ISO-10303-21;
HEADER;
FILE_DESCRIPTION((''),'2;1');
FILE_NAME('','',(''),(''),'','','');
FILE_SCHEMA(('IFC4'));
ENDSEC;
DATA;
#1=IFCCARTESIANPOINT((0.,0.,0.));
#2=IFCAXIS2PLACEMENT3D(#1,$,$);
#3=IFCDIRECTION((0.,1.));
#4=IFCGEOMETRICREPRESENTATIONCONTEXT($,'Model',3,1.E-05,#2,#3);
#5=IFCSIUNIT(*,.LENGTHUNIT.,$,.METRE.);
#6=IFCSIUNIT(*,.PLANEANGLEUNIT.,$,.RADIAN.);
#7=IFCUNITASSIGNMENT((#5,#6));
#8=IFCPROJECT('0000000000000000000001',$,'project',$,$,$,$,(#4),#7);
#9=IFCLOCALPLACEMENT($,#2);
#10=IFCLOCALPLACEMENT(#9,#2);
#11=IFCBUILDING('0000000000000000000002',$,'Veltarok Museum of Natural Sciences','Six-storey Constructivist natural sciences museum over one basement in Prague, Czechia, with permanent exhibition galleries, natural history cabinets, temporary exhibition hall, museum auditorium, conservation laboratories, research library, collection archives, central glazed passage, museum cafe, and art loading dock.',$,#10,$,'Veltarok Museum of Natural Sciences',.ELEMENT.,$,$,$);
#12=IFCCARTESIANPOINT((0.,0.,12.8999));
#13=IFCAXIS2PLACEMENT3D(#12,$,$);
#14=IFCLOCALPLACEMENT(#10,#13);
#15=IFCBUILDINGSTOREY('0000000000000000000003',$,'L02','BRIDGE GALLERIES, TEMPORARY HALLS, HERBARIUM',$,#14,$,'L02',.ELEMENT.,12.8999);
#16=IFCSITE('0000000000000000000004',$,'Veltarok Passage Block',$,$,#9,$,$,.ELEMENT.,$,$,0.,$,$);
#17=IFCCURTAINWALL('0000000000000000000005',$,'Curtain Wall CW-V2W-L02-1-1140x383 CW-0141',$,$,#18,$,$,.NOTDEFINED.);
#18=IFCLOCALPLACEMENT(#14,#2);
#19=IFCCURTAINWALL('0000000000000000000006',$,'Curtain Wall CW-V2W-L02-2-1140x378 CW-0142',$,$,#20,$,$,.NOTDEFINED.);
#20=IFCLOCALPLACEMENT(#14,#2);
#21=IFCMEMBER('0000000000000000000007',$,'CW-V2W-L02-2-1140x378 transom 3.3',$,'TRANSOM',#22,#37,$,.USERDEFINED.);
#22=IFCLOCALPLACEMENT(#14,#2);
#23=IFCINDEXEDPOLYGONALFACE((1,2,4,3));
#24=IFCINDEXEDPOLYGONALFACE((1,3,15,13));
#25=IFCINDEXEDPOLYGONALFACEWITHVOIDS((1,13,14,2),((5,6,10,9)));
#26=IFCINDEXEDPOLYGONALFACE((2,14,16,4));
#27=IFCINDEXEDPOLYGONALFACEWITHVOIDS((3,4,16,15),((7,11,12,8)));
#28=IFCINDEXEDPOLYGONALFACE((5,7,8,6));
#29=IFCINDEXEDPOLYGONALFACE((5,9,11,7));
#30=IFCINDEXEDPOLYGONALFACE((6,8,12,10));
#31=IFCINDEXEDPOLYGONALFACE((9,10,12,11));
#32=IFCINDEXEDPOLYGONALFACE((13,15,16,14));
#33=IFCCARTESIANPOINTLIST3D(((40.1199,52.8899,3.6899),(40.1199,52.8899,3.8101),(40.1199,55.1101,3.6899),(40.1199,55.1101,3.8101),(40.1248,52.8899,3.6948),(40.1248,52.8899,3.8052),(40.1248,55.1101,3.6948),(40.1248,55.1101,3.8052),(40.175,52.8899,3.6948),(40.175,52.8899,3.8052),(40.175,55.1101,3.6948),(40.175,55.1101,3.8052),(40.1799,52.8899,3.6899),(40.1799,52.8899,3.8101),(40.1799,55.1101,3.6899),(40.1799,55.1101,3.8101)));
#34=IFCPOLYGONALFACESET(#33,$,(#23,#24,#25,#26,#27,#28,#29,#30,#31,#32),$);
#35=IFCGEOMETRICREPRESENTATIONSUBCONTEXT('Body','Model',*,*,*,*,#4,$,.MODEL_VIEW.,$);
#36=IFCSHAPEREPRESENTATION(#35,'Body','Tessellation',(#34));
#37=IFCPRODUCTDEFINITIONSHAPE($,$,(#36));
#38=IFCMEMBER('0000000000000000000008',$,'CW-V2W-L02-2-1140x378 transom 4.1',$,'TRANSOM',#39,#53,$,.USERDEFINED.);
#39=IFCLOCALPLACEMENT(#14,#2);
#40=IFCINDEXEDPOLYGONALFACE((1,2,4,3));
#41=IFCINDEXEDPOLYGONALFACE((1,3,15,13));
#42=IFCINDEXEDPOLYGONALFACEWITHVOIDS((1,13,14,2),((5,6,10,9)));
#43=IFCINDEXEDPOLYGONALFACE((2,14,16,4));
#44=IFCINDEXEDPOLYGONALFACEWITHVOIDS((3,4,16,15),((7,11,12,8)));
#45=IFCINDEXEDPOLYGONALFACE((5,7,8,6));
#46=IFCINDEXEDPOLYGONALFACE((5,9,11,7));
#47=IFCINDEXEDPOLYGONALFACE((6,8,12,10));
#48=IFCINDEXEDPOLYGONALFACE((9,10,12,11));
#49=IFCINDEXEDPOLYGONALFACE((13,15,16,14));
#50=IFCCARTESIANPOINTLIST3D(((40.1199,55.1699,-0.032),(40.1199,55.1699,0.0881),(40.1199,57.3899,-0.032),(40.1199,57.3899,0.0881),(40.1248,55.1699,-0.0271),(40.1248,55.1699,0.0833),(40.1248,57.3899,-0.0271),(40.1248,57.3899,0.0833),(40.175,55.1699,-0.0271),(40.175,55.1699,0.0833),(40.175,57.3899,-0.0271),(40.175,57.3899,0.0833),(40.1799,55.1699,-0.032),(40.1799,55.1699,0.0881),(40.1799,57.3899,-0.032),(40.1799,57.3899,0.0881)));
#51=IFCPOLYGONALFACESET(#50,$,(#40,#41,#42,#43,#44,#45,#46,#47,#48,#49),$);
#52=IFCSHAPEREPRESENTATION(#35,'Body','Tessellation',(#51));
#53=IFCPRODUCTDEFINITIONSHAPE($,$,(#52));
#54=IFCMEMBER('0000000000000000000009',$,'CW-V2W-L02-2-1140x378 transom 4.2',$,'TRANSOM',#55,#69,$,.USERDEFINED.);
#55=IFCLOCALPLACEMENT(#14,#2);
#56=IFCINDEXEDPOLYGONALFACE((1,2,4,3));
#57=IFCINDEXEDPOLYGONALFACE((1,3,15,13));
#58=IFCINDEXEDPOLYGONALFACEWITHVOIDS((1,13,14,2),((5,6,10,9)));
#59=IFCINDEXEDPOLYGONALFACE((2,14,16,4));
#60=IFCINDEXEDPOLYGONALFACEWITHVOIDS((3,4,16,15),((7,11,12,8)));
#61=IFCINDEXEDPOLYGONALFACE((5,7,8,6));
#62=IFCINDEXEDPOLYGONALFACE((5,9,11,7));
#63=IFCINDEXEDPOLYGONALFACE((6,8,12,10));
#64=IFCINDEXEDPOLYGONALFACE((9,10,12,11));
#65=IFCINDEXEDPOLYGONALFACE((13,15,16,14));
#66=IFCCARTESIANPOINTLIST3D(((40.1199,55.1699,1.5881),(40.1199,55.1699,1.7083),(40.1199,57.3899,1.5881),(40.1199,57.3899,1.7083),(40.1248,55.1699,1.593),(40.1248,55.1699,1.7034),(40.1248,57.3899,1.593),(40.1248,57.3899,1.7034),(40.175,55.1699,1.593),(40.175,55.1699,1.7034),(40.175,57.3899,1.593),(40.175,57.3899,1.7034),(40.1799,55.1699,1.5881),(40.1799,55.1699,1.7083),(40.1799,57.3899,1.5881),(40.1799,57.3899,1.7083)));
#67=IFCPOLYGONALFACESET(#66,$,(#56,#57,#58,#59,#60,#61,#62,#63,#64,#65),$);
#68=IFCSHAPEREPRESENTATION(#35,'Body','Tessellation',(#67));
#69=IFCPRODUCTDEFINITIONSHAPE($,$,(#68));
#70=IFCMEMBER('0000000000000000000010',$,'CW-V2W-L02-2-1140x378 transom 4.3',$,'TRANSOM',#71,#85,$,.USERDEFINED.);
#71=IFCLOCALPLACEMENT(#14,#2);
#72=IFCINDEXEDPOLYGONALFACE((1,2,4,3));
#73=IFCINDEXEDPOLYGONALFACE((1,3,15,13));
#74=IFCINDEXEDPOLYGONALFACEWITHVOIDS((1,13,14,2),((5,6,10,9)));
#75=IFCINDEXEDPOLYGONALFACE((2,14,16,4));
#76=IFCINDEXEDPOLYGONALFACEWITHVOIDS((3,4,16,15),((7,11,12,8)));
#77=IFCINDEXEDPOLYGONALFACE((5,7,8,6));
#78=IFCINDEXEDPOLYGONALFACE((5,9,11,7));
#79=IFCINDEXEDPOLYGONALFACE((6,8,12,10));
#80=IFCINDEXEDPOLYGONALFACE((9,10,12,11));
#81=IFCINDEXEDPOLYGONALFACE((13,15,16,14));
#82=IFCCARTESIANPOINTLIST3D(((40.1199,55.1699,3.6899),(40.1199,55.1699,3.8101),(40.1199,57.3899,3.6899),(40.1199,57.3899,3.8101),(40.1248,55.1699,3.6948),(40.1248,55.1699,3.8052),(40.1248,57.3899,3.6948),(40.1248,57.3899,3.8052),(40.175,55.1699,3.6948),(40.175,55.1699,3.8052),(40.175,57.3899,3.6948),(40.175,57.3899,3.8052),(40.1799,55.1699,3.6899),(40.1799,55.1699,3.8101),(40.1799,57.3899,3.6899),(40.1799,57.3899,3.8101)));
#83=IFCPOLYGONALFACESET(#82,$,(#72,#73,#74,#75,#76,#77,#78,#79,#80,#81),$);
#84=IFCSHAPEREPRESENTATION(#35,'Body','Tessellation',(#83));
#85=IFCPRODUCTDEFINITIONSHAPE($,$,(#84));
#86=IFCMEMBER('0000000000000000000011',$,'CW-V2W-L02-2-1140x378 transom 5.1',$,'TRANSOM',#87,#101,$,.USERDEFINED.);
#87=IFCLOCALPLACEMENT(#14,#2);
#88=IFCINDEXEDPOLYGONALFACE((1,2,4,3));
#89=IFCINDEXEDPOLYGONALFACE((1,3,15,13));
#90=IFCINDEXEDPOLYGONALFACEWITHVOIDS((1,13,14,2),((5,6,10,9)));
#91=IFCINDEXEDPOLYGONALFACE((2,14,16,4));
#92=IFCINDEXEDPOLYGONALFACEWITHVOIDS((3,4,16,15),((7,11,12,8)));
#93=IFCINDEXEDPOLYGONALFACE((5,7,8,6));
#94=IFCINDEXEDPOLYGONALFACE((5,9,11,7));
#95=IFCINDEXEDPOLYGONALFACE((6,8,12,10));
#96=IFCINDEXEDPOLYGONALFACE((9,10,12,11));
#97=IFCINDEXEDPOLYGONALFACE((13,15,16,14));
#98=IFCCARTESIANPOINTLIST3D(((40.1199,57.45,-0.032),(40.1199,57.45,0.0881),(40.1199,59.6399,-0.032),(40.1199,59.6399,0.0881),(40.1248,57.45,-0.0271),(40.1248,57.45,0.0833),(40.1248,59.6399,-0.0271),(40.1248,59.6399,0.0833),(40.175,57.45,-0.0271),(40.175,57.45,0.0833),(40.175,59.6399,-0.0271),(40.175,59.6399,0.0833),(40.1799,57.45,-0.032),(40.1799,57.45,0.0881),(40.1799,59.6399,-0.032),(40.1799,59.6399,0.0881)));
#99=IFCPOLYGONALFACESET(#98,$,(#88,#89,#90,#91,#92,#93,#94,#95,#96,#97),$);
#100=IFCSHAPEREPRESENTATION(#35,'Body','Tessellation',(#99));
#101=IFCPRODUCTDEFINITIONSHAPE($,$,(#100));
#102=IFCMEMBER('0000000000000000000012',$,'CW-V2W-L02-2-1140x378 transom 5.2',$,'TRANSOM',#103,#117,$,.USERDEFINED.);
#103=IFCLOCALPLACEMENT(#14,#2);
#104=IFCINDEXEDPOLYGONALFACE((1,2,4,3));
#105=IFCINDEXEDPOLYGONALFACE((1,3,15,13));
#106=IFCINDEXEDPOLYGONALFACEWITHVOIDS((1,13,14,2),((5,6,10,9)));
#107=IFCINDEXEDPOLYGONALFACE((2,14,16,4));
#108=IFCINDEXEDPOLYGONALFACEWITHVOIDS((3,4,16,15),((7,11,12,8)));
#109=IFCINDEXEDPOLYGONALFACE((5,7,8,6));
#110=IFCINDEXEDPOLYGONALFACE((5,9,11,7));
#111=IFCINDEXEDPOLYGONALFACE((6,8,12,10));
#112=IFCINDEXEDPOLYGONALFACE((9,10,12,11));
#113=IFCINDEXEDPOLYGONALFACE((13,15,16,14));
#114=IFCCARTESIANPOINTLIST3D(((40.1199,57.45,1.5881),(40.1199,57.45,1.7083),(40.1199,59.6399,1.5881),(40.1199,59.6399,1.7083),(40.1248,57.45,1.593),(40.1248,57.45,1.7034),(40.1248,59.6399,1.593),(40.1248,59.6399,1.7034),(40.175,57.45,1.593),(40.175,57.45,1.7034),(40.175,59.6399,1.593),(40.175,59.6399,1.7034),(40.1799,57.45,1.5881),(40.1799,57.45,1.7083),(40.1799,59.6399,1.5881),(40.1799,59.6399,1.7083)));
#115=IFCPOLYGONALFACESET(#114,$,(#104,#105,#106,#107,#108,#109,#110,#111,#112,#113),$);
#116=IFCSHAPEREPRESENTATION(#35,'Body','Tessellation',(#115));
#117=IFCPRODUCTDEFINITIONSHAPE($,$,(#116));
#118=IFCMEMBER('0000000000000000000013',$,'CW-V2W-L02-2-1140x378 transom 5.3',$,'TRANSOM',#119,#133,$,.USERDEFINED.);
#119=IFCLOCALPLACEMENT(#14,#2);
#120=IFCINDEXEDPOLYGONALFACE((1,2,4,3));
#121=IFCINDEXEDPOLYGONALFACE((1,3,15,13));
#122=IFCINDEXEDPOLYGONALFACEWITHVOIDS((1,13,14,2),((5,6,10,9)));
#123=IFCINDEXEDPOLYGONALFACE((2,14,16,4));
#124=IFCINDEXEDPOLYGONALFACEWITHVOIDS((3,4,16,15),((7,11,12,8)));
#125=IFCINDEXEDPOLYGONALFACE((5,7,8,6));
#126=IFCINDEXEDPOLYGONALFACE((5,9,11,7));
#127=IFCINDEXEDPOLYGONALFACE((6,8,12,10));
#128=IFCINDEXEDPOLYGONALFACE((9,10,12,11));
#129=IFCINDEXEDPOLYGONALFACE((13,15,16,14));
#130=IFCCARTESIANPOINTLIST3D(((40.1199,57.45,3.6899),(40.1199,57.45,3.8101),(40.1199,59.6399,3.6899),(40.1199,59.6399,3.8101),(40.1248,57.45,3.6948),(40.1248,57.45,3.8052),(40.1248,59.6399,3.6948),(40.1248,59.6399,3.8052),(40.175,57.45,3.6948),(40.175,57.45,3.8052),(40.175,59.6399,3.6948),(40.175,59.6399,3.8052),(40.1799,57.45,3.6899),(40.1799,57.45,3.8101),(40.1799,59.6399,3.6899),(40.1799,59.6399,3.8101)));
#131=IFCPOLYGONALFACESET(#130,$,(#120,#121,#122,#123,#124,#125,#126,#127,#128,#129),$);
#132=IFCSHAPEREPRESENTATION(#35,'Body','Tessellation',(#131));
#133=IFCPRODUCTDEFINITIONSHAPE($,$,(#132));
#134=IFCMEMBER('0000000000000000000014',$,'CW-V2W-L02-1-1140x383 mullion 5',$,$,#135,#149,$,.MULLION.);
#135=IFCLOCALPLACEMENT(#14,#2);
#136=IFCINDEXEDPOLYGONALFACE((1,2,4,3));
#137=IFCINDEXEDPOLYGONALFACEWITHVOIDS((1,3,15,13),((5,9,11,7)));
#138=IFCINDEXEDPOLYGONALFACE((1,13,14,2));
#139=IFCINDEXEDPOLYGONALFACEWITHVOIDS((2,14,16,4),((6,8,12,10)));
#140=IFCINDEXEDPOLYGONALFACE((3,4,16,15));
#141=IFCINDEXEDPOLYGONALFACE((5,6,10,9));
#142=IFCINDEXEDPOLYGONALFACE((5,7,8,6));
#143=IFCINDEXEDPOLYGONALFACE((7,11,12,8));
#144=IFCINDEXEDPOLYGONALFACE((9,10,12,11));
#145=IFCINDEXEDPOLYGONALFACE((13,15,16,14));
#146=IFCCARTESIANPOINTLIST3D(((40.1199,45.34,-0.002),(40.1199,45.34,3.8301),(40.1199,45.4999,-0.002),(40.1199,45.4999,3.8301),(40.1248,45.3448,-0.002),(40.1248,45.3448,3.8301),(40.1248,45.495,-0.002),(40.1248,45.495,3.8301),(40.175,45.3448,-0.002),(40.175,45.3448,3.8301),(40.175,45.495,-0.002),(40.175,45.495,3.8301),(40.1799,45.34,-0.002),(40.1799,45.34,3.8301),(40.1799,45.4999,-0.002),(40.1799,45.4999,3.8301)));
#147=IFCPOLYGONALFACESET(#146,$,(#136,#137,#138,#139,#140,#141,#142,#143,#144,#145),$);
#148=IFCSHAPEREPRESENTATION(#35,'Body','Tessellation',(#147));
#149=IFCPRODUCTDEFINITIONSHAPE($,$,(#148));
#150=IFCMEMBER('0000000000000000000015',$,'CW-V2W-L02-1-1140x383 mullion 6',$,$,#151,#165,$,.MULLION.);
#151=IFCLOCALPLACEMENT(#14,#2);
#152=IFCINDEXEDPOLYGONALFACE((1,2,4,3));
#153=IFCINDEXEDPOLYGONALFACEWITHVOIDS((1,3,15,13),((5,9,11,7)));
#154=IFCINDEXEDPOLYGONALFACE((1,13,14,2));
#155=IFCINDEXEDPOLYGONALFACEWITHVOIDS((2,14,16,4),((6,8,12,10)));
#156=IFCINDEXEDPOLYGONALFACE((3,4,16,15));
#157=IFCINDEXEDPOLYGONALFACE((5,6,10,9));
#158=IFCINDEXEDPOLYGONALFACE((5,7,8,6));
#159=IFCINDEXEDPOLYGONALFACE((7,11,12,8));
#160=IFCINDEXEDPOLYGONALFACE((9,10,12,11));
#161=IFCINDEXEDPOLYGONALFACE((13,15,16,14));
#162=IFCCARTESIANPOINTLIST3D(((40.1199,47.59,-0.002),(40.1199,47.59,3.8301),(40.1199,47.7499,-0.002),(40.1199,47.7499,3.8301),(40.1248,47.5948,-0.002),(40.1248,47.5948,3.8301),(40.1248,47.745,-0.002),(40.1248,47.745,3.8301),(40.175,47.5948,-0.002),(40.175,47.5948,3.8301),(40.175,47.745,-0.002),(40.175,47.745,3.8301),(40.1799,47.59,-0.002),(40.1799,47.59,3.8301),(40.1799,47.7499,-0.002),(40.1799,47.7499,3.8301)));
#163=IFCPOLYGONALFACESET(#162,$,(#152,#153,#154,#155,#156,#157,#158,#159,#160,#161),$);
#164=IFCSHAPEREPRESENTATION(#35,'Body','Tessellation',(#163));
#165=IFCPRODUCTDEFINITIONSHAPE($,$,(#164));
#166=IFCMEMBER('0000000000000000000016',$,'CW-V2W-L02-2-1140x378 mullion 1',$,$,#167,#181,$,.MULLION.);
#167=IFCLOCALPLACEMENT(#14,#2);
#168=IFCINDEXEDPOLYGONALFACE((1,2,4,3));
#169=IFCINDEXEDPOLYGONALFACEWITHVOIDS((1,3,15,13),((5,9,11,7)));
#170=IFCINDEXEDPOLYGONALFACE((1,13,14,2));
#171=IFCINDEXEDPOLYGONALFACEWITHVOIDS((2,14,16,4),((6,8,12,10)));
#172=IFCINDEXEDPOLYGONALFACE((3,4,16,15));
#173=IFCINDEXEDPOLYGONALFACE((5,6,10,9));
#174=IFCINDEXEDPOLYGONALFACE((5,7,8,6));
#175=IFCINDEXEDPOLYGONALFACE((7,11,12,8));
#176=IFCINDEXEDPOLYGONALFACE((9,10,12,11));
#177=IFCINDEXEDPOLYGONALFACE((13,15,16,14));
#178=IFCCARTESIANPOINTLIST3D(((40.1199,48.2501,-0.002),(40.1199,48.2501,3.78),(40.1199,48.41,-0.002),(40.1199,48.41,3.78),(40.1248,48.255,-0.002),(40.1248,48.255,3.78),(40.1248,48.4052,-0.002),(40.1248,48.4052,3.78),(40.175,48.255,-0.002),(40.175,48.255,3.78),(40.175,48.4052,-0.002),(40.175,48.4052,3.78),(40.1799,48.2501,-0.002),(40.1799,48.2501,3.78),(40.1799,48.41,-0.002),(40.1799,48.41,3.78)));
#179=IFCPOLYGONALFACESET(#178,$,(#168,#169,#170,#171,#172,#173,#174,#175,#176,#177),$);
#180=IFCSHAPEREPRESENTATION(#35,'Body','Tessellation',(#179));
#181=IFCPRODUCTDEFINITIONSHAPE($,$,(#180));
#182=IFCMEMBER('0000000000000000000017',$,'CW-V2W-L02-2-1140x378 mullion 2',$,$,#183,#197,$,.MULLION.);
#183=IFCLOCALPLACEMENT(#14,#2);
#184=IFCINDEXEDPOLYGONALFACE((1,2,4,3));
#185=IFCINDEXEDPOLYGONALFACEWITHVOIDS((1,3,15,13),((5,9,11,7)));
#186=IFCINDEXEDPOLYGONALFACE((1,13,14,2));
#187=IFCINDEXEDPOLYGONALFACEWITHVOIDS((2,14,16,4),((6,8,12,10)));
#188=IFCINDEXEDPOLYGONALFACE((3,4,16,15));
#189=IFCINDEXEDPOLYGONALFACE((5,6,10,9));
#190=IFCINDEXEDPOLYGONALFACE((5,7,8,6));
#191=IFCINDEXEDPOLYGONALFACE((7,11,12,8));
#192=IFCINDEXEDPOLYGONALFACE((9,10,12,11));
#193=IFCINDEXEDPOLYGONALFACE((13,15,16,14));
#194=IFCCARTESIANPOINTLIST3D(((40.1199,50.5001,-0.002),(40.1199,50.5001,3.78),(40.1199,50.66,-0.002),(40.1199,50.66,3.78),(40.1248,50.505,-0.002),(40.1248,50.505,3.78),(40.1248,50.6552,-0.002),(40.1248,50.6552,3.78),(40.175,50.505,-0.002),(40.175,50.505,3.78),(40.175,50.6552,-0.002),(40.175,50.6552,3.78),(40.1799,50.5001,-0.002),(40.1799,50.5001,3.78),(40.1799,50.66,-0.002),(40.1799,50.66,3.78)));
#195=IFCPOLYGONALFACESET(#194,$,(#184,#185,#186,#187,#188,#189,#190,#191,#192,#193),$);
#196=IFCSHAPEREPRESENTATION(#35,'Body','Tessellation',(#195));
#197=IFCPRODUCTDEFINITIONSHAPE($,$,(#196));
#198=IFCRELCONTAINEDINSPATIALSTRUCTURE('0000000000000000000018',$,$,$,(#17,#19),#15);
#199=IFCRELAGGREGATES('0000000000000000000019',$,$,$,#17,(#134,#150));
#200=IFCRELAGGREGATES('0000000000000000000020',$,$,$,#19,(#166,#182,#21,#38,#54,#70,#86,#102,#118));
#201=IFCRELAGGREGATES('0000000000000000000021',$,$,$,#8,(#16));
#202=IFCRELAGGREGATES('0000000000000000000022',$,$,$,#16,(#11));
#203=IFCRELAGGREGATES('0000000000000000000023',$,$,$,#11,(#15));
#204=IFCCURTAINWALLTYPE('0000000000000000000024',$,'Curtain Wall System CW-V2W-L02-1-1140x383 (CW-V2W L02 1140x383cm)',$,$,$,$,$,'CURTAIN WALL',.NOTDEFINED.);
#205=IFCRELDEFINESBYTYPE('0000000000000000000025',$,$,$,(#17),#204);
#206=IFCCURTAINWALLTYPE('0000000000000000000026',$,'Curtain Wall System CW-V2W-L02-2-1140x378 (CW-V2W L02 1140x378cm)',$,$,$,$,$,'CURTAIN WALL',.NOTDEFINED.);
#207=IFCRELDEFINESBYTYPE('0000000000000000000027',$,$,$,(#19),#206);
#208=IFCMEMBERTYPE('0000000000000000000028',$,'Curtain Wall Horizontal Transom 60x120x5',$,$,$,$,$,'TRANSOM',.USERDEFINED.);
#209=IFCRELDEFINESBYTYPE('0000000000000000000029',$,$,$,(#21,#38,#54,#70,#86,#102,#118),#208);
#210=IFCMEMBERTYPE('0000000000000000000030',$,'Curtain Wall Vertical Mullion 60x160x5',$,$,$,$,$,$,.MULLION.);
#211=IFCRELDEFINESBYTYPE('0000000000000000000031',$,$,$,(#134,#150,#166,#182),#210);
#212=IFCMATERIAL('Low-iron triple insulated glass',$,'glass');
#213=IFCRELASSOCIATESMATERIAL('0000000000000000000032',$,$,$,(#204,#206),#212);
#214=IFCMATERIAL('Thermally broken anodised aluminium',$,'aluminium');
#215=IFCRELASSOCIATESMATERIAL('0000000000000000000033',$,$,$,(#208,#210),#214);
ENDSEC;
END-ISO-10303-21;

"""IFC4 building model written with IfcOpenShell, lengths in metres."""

from ifc_helpers import new_model, si_unit, direction, frame, origin, origin_2d, place, context, subcontext, project, spatial, hollow_rectangle, extrude, material, material_profile, profile_set, type_object, element, aggregate, save


model = new_model("IFC4")

# Units and contexts
model_context = context("Model", 3, precision=1e-05, world=origin(), true_north=direction((0.0, 1.0)))
body_context = subcontext(model_context, "Body", "Model", "MODEL_VIEW")
ifc_project = project(units=[si_unit("LENGTHUNIT", "METRE"), si_unit("PLANEANGLEUNIT", "RADIAN")], contexts=[model_context])

# Site, building, storey
site_placement = place(None, origin())
site = spatial("IfcSite", under=ifc_project, at=site_placement, Name="Veltarok Passage Block", CompositionType="ELEMENT", RefElevation=0.0)
building_placement = place(site_placement, origin())
building = spatial("IfcBuilding", under=site, at=building_placement, Name="Veltarok Museum of Natural Sciences", Description="Six-storey Constructivist natural sciences museum over one basement in Prague, Czechia, with permanent exhibition galleries, natural history cabinets, temporary exhibition hall, museum auditorium, conservation laboratories, research library, collection archives, central glazed passage, museum cafe, and art loading dock.", LongName="Veltarok Museum of Natural Sciences", CompositionType="ELEMENT")
storey_placement = place(building_placement, frame((0.0, 0.0, 12.8999)))
storey = spatial("IfcBuildingStorey", under=building, at=storey_placement, Name="L02", Description="BRIDGE GALLERIES, TEMPORARY HALLS, HERBARIUM", LongName="L02", CompositionType="ELEMENT", Elevation=12.8999)

# Curtain walls, members
ifc_material_1 = material(Name="Low-iron triple insulated glass", Category="glass")
curtain_wall_type_1 = type_object("IfcCurtainWallType", Name="Curtain Wall System CW-V2W-L02-1-1140x383 (CW-V2W L02 1140x383cm)", ElementType="CURTAIN WALL", PredefinedType="NOTDEFINED", material=ifc_material_1)
curtain_wall_1_placement = place(storey_placement, origin())
curtain_wall_1 = element("IfcCurtainWall", 1, at=curtain_wall_1_placement, inside=storey, type_object=curtain_wall_type_1, Name="Curtain Wall CW-V2W-L02-1-1140x383 CW-0141", PredefinedType="NOTDEFINED")
ifc_material_2 = material(Name="Thermally broken anodised aluminium", Category="aluminium")
ifc_material_profile_1 = material_profile(ifc_material_2, hollow_rectangle(XDim=0.0601, YDim=0.1201, WallThickness=0.0049, at=origin_2d()), Name="CW TRANSOM 60x120x5")
ifc_profile_set_1 = profile_set([ifc_material_profile_1], Name="Thermally broken anodised aluminium")
member_type_1 = type_object("IfcMemberType", Name="Curtain Wall Horizontal Transom 60x120x5", ElementType="TRANSOM", PredefinedType="USERDEFINED", material=ifc_profile_set_1)
curtain_wall_type_2 = type_object("IfcCurtainWallType", Name="Curtain Wall System CW-V2W-L02-2-1140x378 (CW-V2W L02 1140x378cm)", ElementType="CURTAIN WALL", PredefinedType="NOTDEFINED", material=ifc_material_1)
curtain_wall_2_placement = place(storey_placement, origin())
curtain_wall_2 = element("IfcCurtainWall", 2, at=curtain_wall_2_placement, inside=storey, type_object=curtain_wall_type_2, Name="Curtain Wall CW-V2W-L02-2-1140x378 CW-0142", PredefinedType="NOTDEFINED")
member_1_placement = place(storey_placement, frame((40.1499, 52.8899, 3.75), z_axis=(0.0, 1.0, 0.0), x_axis=(-1.0, 0.0, 0.0)))
member_1 = element("IfcMember", 3, at=member_1_placement, type_object=member_type_1, Name="CW-V2W-L02-2-1140x378 transom 3.3", ObjectType="TRANSOM", PredefinedType="USERDEFINED", context=body_context, shape_type="SweptSolid", body=[
    extrude(hollow_rectangle(XDim=0.0601, YDim=0.1201, WallThickness=0.0049, at=origin_2d()), origin(), (0.0, 0.0, 1.0), 2.2202),
])
member_2_placement = place(storey_placement, frame((40.1499, 55.1699, 0.0281), z_axis=(0.0, 1.0, 0.0), x_axis=(-1.0, 0.0, 0.0)))
member_2 = element("IfcMember", 4, at=member_2_placement, type_object=member_type_1, Name="CW-V2W-L02-2-1140x378 transom 4.1", ObjectType="TRANSOM", PredefinedType="USERDEFINED", context=body_context, shape_type="SweptSolid", body=[
    extrude(hollow_rectangle(XDim=0.0601, YDim=0.1201, WallThickness=0.0049, at=origin_2d()), origin(), (0.0, 0.0, 1.0), 2.22),
])
member_3_placement = place(storey_placement, frame((40.1499, 55.1699, 1.6482), z_axis=(0.0, 1.0, 0.0), x_axis=(-1.0, 0.0, 0.0)))
member_3 = element("IfcMember", 5, at=member_3_placement, type_object=member_type_1, Name="CW-V2W-L02-2-1140x378 transom 4.2", ObjectType="TRANSOM", PredefinedType="USERDEFINED", context=body_context, shape_type="SweptSolid", body=[
    extrude(hollow_rectangle(XDim=0.0601, YDim=0.1201, WallThickness=0.0049, at=origin_2d()), origin(), (0.0, 0.0, 1.0), 2.22),
])
member_4_placement = place(storey_placement, frame((40.1499, 55.1699, 3.75), z_axis=(0.0, 1.0, 0.0), x_axis=(-1.0, 0.0, 0.0)))
member_4 = element("IfcMember", 6, at=member_4_placement, type_object=member_type_1, Name="CW-V2W-L02-2-1140x378 transom 4.3", ObjectType="TRANSOM", PredefinedType="USERDEFINED", context=body_context, shape_type="SweptSolid", body=[
    extrude(hollow_rectangle(XDim=0.0601, YDim=0.1201, WallThickness=0.0049, at=origin_2d()), origin(), (0.0, 0.0, 1.0), 2.22),
])
member_5_placement = place(storey_placement, frame((40.1499, 57.45, 0.0281), z_axis=(0.0, 1.0, 0.0), x_axis=(-1.0, 0.0, 0.0)))
member_5 = element("IfcMember", 7, at=member_5_placement, type_object=member_type_1, Name="CW-V2W-L02-2-1140x378 transom 5.1", ObjectType="TRANSOM", PredefinedType="USERDEFINED", context=body_context, shape_type="SweptSolid", body=[
    extrude(hollow_rectangle(XDim=0.0601, YDim=0.1201, WallThickness=0.0049, at=origin_2d()), origin(), (0.0, 0.0, 1.0), 2.1899),
])
member_6_placement = place(storey_placement, frame((40.1499, 57.45, 1.6482), z_axis=(0.0, 1.0, 0.0), x_axis=(-1.0, 0.0, 0.0)))
member_6 = element("IfcMember", 8, at=member_6_placement, type_object=member_type_1, Name="CW-V2W-L02-2-1140x378 transom 5.2", ObjectType="TRANSOM", PredefinedType="USERDEFINED", context=body_context, shape_type="SweptSolid", body=[
    extrude(hollow_rectangle(XDim=0.0601, YDim=0.1201, WallThickness=0.0049, at=origin_2d()), origin(), (0.0, 0.0, 1.0), 2.1899),
])
member_7_placement = place(storey_placement, frame((40.1499, 57.45, 3.75), z_axis=(0.0, 1.0, 0.0), x_axis=(-1.0, 0.0, 0.0)))
member_7 = element("IfcMember", 9, at=member_7_placement, type_object=member_type_1, Name="CW-V2W-L02-2-1140x378 transom 5.3", ObjectType="TRANSOM", PredefinedType="USERDEFINED", context=body_context, shape_type="SweptSolid", body=[
    extrude(hollow_rectangle(XDim=0.0601, YDim=0.1201, WallThickness=0.0049, at=origin_2d()), origin(), (0.0, 0.0, 1.0), 2.1899),
])

# Members
ifc_material_profile_2 = material_profile(ifc_material_2, hollow_rectangle(XDim=0.0601, YDim=0.1599, WallThickness=0.0049, at=origin_2d()), Name="CW MULLION 60x160x5")
ifc_profile_set_2 = profile_set([ifc_material_profile_2], Name="Thermally broken anodised aluminium")
member_type_2 = type_object("IfcMemberType", Name="Curtain Wall Vertical Mullion 60x160x5", PredefinedType="MULLION", material=ifc_profile_set_2)
member_8_placement = place(storey_placement, frame((40.1499, 45.4199, -0.002), z_axis=(0.0, 0.0, 1.0), x_axis=(-1.0, 0.0, 0.0)))
member_8 = element("IfcMember", 10, at=member_8_placement, type_object=member_type_2, Name="CW-V2W-L02-1-1140x383 mullion 5", PredefinedType="MULLION", context=body_context, shape_type="SweptSolid", body=[
    extrude(hollow_rectangle(XDim=0.0601, YDim=0.1599, WallThickness=0.0049, at=origin_2d()), origin(), (0.0, 0.0, 1.0), 3.832),
])
member_9_placement = place(storey_placement, frame((40.1499, 47.6699, -0.002), z_axis=(0.0, 0.0, 1.0), x_axis=(-1.0, 0.0, 0.0)))
member_9 = element("IfcMember", 11, at=member_9_placement, type_object=member_type_2, Name="CW-V2W-L02-1-1140x383 mullion 6", PredefinedType="MULLION", context=body_context, shape_type="SweptSolid", body=[
    extrude(hollow_rectangle(XDim=0.0601, YDim=0.1599, WallThickness=0.0049, at=origin_2d()), origin(), (0.0, 0.0, 1.0), 3.832),
])
member_10_placement = place(storey_placement, frame((40.1499, 48.3301, -0.002), z_axis=(0.0, 0.0, 1.0), x_axis=(-1.0, 0.0, 0.0)))
member_10 = element("IfcMember", 12, at=member_10_placement, type_object=member_type_2, Name="CW-V2W-L02-2-1140x378 mullion 1", PredefinedType="MULLION", context=body_context, shape_type="SweptSolid", body=[
    extrude(hollow_rectangle(XDim=0.0601, YDim=0.1599, WallThickness=0.0049, at=origin_2d()), origin(), (0.0, 0.0, 1.0), 3.782),
])
member_11_placement = place(storey_placement, frame((40.1499, 50.5801, -0.002), z_axis=(0.0, 0.0, 1.0), x_axis=(-1.0, 0.0, 0.0)))
member_11 = element("IfcMember", 13, at=member_11_placement, type_object=member_type_2, Name="CW-V2W-L02-2-1140x378 mullion 2", PredefinedType="MULLION", context=body_context, shape_type="SweptSolid", body=[
    extrude(hollow_rectangle(XDim=0.0601, YDim=0.1599, WallThickness=0.0049, at=origin_2d()), origin(), (0.0, 0.0, 1.0), 3.782),
])

aggregate(curtain_wall_1, [member_8, member_9])
aggregate(curtain_wall_2, [member_10, member_11, member_1, member_2, member_3, member_4, member_5, member_6, member_7])

save(model, "model.ifc")
